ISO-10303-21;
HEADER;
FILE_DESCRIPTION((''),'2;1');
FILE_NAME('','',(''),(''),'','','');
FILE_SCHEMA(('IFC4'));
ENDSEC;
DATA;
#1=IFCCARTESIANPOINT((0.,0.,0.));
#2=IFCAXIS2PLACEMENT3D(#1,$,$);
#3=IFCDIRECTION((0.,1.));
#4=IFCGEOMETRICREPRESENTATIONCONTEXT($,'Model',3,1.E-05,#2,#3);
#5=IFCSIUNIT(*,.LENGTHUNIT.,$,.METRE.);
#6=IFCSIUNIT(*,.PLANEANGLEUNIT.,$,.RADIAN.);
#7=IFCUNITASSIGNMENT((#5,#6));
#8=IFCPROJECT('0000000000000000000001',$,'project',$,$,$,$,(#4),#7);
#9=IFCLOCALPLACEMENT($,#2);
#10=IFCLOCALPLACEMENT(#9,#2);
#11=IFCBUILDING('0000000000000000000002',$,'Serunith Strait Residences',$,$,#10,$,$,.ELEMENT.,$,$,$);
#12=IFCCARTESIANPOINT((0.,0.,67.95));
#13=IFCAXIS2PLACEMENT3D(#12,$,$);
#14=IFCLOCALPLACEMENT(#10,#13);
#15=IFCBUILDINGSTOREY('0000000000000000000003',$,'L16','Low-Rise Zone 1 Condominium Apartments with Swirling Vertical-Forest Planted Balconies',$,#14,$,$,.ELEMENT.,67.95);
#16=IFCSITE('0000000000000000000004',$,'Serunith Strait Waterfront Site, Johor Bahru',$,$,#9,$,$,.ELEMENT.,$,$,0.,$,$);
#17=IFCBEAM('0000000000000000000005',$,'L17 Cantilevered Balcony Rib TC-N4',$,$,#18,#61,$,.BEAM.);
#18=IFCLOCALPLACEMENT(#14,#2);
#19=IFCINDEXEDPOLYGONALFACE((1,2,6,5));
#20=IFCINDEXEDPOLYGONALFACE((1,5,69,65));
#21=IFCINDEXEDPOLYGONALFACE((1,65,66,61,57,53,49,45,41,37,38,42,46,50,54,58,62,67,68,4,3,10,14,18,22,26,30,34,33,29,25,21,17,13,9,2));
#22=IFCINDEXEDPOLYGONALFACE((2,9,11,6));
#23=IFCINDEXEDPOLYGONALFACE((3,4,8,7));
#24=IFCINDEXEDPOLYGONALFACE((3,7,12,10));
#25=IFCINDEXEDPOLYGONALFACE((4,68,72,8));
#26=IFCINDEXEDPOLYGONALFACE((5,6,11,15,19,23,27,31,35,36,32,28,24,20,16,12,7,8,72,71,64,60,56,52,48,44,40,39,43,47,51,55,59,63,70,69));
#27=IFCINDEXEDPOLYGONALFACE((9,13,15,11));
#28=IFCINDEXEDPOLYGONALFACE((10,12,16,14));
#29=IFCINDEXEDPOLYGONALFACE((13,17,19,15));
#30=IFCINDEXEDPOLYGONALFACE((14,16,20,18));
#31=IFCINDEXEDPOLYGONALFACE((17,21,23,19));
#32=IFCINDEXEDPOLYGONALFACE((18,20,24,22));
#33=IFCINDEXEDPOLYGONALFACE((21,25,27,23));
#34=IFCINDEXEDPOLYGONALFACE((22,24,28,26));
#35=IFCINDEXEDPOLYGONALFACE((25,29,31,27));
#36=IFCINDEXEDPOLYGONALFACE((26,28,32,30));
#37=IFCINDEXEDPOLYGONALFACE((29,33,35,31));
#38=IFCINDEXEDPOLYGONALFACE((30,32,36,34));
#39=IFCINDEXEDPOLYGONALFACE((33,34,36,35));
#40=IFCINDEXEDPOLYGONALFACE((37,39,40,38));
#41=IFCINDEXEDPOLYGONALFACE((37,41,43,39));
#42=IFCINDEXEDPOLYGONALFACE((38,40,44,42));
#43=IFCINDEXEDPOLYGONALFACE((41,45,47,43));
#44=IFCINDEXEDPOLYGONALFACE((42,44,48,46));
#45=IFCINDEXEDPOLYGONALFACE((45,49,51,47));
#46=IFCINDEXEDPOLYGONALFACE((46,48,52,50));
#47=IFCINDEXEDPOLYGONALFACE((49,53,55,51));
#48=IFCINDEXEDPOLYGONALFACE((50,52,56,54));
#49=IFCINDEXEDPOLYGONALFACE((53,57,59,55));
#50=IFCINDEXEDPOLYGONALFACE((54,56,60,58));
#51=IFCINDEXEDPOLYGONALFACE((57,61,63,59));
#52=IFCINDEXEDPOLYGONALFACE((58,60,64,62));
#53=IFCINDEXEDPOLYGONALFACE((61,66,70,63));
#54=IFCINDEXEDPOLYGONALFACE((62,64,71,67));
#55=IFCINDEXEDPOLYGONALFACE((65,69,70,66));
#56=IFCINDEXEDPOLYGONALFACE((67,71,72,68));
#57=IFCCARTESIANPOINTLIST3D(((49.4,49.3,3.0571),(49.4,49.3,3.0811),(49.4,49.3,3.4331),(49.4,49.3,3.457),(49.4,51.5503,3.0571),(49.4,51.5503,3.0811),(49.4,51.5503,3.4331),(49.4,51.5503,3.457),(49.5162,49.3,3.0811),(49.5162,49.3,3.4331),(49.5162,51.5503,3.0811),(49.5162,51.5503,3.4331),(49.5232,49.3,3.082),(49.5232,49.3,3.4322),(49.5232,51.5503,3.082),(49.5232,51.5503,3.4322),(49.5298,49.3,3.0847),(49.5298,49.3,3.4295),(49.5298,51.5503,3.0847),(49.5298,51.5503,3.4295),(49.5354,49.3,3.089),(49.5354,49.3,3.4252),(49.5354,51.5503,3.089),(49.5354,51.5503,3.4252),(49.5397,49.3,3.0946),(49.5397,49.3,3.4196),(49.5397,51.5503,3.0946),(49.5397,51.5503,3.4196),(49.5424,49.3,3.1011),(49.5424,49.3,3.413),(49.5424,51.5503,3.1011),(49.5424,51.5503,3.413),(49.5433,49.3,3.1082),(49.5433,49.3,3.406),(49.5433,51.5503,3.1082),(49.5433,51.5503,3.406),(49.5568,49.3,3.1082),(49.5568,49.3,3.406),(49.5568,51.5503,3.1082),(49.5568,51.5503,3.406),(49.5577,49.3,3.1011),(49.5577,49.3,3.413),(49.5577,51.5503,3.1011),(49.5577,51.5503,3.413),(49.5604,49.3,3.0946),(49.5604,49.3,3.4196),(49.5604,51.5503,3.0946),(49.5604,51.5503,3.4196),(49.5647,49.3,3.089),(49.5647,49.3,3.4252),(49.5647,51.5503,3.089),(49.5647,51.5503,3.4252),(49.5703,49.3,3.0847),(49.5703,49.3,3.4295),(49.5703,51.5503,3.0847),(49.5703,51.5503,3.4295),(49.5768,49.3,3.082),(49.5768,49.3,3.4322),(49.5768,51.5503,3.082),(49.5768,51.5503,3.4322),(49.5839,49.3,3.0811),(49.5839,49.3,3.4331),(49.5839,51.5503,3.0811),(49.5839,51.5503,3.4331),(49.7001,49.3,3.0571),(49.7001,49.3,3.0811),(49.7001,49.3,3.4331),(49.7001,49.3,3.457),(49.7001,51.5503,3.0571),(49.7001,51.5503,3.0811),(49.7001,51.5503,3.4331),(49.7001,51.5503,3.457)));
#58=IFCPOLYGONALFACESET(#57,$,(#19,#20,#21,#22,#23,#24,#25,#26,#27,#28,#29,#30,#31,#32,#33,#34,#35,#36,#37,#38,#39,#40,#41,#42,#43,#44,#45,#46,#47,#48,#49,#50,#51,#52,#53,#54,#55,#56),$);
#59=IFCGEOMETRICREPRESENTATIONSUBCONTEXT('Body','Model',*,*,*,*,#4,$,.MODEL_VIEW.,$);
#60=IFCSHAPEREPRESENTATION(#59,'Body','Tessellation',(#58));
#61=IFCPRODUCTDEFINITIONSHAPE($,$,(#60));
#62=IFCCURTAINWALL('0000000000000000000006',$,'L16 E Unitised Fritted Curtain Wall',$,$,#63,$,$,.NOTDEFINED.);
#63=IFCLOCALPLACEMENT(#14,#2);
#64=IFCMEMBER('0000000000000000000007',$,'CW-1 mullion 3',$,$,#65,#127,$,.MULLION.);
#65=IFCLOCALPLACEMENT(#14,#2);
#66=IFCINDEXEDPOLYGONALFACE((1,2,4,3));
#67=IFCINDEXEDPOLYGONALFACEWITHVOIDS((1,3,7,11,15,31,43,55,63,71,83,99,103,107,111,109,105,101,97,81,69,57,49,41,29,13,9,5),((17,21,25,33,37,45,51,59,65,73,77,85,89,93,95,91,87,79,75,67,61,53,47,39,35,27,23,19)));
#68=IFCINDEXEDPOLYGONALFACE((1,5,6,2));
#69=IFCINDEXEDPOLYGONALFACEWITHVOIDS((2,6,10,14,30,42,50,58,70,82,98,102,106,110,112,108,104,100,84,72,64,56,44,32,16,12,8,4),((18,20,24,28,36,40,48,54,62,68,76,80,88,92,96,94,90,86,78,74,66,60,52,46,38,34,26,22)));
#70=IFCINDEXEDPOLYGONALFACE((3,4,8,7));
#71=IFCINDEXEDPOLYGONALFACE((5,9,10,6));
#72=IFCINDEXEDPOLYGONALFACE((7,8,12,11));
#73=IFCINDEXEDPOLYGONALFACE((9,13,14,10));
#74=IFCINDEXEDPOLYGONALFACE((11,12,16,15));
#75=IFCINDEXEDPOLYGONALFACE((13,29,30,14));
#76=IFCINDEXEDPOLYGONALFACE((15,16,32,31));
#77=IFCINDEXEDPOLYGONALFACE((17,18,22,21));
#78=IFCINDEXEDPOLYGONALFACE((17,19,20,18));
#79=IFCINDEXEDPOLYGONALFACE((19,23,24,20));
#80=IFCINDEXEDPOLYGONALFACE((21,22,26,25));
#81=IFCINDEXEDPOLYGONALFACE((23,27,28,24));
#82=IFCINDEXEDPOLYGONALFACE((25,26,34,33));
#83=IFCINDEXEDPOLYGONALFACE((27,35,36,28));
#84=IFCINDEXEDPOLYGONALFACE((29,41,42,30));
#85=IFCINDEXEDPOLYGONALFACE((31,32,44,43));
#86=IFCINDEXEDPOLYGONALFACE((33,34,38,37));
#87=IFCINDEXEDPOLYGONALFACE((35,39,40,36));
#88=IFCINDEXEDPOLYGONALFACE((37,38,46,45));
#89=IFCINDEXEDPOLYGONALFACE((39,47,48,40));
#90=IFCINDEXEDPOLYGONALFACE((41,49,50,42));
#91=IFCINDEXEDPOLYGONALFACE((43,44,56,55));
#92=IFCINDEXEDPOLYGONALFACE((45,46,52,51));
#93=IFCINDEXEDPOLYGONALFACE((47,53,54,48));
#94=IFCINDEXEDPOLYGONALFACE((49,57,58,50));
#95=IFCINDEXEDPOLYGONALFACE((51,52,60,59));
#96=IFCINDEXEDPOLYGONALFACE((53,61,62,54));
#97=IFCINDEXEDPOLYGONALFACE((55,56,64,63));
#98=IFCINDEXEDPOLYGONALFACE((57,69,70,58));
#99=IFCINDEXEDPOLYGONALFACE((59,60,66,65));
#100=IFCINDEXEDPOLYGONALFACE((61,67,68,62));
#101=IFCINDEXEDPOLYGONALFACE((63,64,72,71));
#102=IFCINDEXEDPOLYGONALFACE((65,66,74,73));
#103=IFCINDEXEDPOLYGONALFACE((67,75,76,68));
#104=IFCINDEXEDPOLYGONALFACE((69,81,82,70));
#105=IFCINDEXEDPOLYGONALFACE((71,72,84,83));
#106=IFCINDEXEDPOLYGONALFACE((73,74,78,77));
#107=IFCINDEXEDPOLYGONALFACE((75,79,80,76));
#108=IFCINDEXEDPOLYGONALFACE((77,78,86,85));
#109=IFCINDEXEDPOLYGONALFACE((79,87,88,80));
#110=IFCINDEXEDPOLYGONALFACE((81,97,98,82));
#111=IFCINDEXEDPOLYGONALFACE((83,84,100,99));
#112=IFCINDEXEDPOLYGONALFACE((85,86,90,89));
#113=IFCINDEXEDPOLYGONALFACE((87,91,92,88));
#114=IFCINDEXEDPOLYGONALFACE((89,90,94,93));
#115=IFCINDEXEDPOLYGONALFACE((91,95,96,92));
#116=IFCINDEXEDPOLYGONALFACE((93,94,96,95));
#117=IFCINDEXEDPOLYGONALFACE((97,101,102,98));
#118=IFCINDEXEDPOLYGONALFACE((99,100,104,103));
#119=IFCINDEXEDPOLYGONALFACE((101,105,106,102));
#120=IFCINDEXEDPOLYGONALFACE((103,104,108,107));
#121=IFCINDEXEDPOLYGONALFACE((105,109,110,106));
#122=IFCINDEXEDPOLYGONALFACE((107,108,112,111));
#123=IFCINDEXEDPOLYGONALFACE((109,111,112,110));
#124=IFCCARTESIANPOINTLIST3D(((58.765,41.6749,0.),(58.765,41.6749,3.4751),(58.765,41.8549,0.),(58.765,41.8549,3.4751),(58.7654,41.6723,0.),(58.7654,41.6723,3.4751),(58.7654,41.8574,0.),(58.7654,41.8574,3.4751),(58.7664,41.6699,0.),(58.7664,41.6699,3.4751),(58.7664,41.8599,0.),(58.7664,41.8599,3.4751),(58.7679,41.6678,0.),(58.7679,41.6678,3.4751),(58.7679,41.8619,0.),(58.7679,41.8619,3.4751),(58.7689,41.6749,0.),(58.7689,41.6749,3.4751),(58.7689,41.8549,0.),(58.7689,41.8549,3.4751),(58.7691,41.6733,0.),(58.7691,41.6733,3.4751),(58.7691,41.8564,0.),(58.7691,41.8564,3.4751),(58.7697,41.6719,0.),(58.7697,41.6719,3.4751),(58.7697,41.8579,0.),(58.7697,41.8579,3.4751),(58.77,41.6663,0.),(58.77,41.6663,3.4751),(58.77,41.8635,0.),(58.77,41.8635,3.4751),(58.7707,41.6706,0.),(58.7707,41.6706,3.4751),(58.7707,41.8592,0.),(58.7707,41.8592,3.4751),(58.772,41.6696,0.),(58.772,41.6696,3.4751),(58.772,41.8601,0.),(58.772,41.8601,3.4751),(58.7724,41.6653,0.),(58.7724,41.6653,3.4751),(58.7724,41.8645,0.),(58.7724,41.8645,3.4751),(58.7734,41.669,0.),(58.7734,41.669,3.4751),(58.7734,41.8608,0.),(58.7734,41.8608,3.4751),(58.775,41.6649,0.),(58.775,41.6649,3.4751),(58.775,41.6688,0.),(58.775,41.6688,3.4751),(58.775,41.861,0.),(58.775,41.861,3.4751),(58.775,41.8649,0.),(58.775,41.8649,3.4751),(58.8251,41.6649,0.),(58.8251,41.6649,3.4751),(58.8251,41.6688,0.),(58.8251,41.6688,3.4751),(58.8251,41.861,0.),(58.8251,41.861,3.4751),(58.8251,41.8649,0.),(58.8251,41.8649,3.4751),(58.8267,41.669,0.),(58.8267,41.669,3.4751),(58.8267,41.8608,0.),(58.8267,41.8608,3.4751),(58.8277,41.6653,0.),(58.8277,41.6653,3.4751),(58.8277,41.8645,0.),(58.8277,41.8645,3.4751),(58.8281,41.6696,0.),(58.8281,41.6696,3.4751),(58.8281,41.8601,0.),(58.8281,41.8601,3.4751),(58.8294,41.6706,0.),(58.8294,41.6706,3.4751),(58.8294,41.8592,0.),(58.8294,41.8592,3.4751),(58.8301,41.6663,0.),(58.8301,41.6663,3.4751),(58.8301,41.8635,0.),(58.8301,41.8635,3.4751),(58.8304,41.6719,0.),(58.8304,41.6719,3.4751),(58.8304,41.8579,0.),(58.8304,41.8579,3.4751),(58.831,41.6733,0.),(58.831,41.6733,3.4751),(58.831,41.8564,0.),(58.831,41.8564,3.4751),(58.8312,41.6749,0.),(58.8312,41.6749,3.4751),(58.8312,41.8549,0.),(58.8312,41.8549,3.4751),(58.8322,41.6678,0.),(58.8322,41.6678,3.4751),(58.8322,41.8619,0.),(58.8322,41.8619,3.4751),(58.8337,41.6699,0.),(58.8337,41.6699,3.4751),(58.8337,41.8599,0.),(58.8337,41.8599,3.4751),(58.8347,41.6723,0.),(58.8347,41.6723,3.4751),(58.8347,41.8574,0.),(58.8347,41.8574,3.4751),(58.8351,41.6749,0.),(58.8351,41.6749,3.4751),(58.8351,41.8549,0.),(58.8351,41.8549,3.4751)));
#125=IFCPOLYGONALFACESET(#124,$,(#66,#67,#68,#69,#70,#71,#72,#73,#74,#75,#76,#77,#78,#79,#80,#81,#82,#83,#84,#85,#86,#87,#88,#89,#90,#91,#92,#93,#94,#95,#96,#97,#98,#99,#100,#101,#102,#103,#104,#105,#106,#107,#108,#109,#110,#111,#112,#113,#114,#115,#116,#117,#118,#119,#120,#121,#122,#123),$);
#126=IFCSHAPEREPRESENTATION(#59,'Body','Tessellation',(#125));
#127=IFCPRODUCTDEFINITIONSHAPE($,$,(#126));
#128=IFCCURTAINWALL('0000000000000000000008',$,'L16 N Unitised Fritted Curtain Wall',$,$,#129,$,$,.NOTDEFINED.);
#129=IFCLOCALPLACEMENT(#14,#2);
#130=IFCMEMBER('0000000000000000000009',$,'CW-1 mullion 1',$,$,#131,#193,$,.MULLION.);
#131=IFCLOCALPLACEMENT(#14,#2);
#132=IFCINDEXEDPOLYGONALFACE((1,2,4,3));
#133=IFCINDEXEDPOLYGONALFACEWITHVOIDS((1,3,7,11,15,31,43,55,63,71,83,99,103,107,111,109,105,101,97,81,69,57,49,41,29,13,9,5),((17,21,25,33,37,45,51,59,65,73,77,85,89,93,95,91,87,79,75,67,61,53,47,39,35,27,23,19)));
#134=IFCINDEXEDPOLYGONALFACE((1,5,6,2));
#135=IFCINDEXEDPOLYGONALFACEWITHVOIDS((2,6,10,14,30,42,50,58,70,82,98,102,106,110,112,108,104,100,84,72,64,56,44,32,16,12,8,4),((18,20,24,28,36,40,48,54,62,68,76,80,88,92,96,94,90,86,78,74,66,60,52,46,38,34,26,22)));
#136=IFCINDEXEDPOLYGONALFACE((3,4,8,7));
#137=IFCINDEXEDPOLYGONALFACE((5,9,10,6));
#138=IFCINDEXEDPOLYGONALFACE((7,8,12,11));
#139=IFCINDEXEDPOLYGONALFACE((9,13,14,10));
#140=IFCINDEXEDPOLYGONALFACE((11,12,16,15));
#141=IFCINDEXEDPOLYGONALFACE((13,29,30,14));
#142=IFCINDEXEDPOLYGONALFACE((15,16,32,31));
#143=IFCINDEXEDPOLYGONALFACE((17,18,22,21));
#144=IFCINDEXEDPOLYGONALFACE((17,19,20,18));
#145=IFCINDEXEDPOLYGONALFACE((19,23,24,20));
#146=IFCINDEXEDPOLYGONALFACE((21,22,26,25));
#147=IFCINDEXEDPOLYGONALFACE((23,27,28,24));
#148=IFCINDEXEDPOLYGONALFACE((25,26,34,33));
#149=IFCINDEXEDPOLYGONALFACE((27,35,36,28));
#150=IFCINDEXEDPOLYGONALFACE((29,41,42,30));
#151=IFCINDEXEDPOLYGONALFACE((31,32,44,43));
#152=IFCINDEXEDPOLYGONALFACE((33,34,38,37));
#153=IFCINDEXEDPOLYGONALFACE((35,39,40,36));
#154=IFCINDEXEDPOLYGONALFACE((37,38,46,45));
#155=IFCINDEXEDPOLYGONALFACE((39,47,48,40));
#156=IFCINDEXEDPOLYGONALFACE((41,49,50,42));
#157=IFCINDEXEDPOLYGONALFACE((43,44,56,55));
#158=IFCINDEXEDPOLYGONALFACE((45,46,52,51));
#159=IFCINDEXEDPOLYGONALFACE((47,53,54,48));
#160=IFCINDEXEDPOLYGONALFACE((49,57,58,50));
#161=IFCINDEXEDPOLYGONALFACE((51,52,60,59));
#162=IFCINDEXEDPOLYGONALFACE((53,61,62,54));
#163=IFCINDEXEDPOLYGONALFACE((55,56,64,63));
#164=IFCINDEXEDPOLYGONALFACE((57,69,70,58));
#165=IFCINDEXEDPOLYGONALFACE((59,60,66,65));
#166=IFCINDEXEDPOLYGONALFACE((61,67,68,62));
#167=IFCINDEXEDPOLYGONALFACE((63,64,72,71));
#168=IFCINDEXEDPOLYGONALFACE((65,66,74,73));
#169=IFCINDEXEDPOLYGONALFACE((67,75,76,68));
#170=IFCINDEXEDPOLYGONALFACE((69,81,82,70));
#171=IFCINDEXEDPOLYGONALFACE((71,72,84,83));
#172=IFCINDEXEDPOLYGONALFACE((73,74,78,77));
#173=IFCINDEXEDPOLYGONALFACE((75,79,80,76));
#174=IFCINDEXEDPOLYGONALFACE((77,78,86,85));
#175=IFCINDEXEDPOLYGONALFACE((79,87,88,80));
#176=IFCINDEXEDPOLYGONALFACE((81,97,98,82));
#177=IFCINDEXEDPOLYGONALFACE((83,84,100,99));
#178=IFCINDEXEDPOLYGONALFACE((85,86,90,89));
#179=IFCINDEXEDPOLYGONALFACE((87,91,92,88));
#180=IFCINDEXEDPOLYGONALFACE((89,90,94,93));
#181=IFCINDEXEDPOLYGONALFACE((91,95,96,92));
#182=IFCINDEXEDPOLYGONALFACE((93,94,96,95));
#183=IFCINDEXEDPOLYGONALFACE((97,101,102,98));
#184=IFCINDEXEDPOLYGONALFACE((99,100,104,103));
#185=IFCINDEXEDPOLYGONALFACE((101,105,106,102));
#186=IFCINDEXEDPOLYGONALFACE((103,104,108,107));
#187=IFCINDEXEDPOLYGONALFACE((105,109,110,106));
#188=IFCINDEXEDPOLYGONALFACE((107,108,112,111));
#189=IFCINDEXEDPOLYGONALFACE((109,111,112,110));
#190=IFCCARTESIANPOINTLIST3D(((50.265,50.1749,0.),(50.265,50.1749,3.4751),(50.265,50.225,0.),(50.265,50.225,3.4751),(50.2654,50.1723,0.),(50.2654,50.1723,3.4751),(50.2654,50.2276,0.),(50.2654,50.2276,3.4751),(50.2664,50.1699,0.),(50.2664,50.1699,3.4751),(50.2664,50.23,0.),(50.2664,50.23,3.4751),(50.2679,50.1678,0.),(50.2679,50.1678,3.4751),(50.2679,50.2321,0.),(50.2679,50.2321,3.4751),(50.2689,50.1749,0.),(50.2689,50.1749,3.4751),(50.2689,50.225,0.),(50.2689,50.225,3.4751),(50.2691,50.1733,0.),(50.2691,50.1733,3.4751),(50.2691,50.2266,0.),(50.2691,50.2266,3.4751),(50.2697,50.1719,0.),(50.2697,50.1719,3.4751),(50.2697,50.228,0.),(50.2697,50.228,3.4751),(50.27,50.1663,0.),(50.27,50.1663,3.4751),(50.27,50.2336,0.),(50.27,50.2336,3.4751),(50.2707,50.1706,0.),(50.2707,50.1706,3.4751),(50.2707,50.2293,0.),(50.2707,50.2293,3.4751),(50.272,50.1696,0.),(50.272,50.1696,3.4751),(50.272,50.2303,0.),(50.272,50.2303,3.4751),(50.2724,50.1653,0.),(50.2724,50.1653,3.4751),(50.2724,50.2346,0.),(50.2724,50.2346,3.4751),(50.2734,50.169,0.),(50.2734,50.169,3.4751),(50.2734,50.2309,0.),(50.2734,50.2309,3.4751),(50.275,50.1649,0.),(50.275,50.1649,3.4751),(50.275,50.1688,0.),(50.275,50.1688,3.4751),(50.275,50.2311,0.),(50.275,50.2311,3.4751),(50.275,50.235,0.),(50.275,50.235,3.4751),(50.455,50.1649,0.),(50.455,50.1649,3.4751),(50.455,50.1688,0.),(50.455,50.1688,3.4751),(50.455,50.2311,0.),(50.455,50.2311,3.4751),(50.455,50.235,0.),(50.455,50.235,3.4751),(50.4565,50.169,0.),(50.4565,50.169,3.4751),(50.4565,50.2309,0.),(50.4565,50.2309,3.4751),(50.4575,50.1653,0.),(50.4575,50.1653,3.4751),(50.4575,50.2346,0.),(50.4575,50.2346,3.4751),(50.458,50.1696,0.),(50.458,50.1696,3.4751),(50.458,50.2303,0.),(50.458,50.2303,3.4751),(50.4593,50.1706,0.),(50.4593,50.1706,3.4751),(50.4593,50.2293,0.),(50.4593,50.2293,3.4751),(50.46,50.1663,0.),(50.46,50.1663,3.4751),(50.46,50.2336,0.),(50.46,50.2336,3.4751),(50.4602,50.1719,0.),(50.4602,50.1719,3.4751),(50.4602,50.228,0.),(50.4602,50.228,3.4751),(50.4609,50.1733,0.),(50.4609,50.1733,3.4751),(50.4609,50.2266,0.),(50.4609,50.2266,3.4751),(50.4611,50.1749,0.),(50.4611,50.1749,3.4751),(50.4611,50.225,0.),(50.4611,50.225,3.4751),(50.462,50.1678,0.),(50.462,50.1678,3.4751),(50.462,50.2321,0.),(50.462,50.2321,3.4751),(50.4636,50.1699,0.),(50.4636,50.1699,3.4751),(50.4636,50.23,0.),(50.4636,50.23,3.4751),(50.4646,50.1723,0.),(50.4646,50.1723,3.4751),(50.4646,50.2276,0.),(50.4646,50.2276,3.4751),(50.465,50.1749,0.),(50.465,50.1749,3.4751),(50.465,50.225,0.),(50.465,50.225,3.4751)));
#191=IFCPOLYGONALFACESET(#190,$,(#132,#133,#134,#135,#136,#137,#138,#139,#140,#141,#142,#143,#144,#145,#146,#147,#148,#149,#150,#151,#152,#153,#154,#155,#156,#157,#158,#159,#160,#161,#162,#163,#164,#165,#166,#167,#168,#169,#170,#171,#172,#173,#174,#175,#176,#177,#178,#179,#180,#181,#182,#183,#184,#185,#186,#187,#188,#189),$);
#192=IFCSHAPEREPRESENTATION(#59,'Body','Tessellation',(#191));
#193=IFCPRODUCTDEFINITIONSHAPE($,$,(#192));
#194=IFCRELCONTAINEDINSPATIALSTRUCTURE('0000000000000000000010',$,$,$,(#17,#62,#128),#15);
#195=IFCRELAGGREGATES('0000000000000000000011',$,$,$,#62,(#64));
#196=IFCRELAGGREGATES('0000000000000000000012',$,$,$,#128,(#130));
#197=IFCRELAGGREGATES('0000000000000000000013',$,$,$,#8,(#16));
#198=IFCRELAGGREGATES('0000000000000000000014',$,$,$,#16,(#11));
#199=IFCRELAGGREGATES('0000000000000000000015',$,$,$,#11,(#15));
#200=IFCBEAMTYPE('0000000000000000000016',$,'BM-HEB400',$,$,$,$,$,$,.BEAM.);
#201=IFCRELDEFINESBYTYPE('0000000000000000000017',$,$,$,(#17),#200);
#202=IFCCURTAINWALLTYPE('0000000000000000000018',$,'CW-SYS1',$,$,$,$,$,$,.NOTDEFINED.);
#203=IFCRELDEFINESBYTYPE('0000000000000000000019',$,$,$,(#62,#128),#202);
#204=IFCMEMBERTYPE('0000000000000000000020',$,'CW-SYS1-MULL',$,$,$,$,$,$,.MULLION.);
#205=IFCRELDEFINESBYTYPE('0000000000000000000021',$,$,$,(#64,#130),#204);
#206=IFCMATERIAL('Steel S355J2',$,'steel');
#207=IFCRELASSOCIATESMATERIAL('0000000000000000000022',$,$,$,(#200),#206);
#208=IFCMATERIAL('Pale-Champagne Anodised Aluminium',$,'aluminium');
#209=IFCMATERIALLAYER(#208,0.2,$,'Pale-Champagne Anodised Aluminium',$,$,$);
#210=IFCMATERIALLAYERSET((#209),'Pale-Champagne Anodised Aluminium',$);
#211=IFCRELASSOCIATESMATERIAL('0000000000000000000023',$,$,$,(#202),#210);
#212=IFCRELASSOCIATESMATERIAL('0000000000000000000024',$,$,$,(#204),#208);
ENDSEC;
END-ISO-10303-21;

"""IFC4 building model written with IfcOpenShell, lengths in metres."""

from ifc_helpers import new_model, si_unit, direction, frame, origin, origin_2d, place, context, subcontext, project, spatial, hollow_rectangle, i_section, extrude, source, transform, mapped, material, layer, layer_set, material_profile, profile_set, type_object, element, aggregate, save


model = new_model("IFC4")

# Units and contexts
model_context = context("Model", 3, precision=1e-05, world=origin(), true_north=direction((0.0, 1.0)))
body_context = subcontext(model_context, "Body", "Model", "MODEL_VIEW")
ifc_project = project(units=[si_unit("LENGTHUNIT", "METRE"), si_unit("PLANEANGLEUNIT", "RADIAN")], contexts=[model_context])

# Site, building, storey
site_placement = place(None, origin())
site = spatial("IfcSite", under=ifc_project, at=site_placement, Name="Serunith Strait Waterfront Site, Johor Bahru", CompositionType="ELEMENT", RefElevation=0.0)
building_placement = place(site_placement, origin())
building = spatial("IfcBuilding", under=site, at=building_placement, Name="Serunith Strait Residences", CompositionType="ELEMENT")
storey_placement = place(building_placement, frame((0.0, 0.0, 67.95)))
storey = spatial("IfcBuildingStorey", under=building, at=storey_placement, Name="L16", Description="Low-Rise Zone 1 Condominium Apartments with Swirling Vertical-Forest Planted Balconies", CompositionType="ELEMENT", Elevation=67.95)

# Beam
ifc_material_1 = material(Name="Steel S355J2", Category="steel")
ifc_material_profile_1 = material_profile(ifc_material_1, i_section(OverallWidth=0.3, OverallDepth=0.3999, WebThickness=0.0134, FlangeThickness=0.0239, FilletRadius=0.0271, at=origin_2d()), Name="HEB 400")
ifc_profile_set_1 = profile_set([ifc_material_profile_1], Name="Steel S355J2")
beam_type_1 = type_object("IfcBeamType", Name="BM-HEB400", PredefinedType="BEAM", material=ifc_profile_set_1)
shared_shape_1 = source(origin(), body_context, "Body", "SweptSolid", [
    extrude(i_section(OverallWidth=0.3, OverallDepth=0.3999, WebThickness=0.0134, FlangeThickness=0.0239, FilletRadius=0.0271, at=origin_2d()), origin(), (0.0, 0.0, 1.0), 2.2502),
])
beam_1_placement = place(storey_placement, frame((49.55, 49.3, 3.2571), z_axis=(0.0, 1.0, 0.0), x_axis=(-1.0, 0.0, 0.0)))
element("IfcBeam", 1, at=beam_1_placement, inside=storey, type_object=beam_type_1, Name="L17 Cantilevered Balcony Rib TC-N4", PredefinedType="BEAM", context=body_context, shape_type="MappedRepresentation", body=[
    mapped(shared_shape_1, transform((0.0, 0.0, 0.0), scale=1.0)),
])

# Curtain wall, member
ifc_material_2 = material(Name="Pale-Champagne Anodised Aluminium", Category="aluminium")
ifc_layer_1 = layer(ifc_material_2, 0.2, Name="Pale-Champagne Anodised Aluminium")
ifc_layer_set_1 = layer_set([ifc_layer_1], Name="Pale-Champagne Anodised Aluminium")
curtain_wall_type = type_object("IfcCurtainWallType", Name="CW-SYS1", PredefinedType="NOTDEFINED", material=ifc_layer_set_1)
curtain_wall_1_placement = place(storey_placement, origin())
curtain_wall_1 = element("IfcCurtainWall", 2, at=curtain_wall_1_placement, inside=storey, type_object=curtain_wall_type, Name="L16 E Unitised Fritted Curtain Wall", PredefinedType="NOTDEFINED")
ifc_material_profile_2 = material_profile(ifc_material_2, hollow_rectangle(XDim=0.0701, YDim=0.2, WallThickness=0.0039, InnerFilletRadius=0.0061, OuterFilletRadius=0.01, at=origin_2d()), Name="ALU 200x70x4")
ifc_profile_set_2 = profile_set([ifc_material_profile_2], Name="Pale-Champagne Anodised Aluminium")
member_type_1 = type_object("IfcMemberType", Name="CW-SYS1-MULL", PredefinedType="MULLION", material=ifc_profile_set_2)
shared_shape_2 = source(origin(), body_context, "Body", "SweptSolid", [
    extrude(hollow_rectangle(XDim=0.0701, YDim=0.2, WallThickness=0.0039, InnerFilletRadius=0.0061, OuterFilletRadius=0.01, at=origin_2d()), origin(), (0.0, 0.0, 1.0), 3.4751),
])
member_1_placement = place(storey_placement, frame((58.8, 41.7649, 0.0), z_axis=(0.0, 0.0, 1.0), x_axis=(-1.0, 0.0, 0.0)))
member_1 = element("IfcMember", 3, at=member_1_placement, type_object=member_type_1, Name="CW-1 mullion 3", PredefinedType="MULLION", context=body_context, shape_type="MappedRepresentation", body=[
    mapped(shared_shape_2, transform((0.0, 0.0, 0.0), scale=1.0)),
])

# Curtain wall, member
curtain_wall_2_placement = place(storey_placement, origin())
curtain_wall_2 = element("IfcCurtainWall", 4, at=curtain_wall_2_placement, inside=storey, type_object=curtain_wall_type, Name="L16 N Unitised Fritted Curtain Wall", PredefinedType="NOTDEFINED")
member_2_placement = place(storey_placement, frame((50.365, 50.2, 0.0), z_axis=(0.0, 0.0, 1.0), x_axis=(0.0, -1.0, 0.0)))
member_2 = element("IfcMember", 5, at=member_2_placement, type_object=member_type_1, Name="CW-1 mullion 1", PredefinedType="MULLION", context=body_context, shape_type="MappedRepresentation", body=[
    mapped(shared_shape_2, transform((0.0, 0.0, 0.0), scale=1.0)),
])

aggregate(curtain_wall_1, [member_1])
aggregate(curtain_wall_2, [member_2])

save(model, "model.ifc")
